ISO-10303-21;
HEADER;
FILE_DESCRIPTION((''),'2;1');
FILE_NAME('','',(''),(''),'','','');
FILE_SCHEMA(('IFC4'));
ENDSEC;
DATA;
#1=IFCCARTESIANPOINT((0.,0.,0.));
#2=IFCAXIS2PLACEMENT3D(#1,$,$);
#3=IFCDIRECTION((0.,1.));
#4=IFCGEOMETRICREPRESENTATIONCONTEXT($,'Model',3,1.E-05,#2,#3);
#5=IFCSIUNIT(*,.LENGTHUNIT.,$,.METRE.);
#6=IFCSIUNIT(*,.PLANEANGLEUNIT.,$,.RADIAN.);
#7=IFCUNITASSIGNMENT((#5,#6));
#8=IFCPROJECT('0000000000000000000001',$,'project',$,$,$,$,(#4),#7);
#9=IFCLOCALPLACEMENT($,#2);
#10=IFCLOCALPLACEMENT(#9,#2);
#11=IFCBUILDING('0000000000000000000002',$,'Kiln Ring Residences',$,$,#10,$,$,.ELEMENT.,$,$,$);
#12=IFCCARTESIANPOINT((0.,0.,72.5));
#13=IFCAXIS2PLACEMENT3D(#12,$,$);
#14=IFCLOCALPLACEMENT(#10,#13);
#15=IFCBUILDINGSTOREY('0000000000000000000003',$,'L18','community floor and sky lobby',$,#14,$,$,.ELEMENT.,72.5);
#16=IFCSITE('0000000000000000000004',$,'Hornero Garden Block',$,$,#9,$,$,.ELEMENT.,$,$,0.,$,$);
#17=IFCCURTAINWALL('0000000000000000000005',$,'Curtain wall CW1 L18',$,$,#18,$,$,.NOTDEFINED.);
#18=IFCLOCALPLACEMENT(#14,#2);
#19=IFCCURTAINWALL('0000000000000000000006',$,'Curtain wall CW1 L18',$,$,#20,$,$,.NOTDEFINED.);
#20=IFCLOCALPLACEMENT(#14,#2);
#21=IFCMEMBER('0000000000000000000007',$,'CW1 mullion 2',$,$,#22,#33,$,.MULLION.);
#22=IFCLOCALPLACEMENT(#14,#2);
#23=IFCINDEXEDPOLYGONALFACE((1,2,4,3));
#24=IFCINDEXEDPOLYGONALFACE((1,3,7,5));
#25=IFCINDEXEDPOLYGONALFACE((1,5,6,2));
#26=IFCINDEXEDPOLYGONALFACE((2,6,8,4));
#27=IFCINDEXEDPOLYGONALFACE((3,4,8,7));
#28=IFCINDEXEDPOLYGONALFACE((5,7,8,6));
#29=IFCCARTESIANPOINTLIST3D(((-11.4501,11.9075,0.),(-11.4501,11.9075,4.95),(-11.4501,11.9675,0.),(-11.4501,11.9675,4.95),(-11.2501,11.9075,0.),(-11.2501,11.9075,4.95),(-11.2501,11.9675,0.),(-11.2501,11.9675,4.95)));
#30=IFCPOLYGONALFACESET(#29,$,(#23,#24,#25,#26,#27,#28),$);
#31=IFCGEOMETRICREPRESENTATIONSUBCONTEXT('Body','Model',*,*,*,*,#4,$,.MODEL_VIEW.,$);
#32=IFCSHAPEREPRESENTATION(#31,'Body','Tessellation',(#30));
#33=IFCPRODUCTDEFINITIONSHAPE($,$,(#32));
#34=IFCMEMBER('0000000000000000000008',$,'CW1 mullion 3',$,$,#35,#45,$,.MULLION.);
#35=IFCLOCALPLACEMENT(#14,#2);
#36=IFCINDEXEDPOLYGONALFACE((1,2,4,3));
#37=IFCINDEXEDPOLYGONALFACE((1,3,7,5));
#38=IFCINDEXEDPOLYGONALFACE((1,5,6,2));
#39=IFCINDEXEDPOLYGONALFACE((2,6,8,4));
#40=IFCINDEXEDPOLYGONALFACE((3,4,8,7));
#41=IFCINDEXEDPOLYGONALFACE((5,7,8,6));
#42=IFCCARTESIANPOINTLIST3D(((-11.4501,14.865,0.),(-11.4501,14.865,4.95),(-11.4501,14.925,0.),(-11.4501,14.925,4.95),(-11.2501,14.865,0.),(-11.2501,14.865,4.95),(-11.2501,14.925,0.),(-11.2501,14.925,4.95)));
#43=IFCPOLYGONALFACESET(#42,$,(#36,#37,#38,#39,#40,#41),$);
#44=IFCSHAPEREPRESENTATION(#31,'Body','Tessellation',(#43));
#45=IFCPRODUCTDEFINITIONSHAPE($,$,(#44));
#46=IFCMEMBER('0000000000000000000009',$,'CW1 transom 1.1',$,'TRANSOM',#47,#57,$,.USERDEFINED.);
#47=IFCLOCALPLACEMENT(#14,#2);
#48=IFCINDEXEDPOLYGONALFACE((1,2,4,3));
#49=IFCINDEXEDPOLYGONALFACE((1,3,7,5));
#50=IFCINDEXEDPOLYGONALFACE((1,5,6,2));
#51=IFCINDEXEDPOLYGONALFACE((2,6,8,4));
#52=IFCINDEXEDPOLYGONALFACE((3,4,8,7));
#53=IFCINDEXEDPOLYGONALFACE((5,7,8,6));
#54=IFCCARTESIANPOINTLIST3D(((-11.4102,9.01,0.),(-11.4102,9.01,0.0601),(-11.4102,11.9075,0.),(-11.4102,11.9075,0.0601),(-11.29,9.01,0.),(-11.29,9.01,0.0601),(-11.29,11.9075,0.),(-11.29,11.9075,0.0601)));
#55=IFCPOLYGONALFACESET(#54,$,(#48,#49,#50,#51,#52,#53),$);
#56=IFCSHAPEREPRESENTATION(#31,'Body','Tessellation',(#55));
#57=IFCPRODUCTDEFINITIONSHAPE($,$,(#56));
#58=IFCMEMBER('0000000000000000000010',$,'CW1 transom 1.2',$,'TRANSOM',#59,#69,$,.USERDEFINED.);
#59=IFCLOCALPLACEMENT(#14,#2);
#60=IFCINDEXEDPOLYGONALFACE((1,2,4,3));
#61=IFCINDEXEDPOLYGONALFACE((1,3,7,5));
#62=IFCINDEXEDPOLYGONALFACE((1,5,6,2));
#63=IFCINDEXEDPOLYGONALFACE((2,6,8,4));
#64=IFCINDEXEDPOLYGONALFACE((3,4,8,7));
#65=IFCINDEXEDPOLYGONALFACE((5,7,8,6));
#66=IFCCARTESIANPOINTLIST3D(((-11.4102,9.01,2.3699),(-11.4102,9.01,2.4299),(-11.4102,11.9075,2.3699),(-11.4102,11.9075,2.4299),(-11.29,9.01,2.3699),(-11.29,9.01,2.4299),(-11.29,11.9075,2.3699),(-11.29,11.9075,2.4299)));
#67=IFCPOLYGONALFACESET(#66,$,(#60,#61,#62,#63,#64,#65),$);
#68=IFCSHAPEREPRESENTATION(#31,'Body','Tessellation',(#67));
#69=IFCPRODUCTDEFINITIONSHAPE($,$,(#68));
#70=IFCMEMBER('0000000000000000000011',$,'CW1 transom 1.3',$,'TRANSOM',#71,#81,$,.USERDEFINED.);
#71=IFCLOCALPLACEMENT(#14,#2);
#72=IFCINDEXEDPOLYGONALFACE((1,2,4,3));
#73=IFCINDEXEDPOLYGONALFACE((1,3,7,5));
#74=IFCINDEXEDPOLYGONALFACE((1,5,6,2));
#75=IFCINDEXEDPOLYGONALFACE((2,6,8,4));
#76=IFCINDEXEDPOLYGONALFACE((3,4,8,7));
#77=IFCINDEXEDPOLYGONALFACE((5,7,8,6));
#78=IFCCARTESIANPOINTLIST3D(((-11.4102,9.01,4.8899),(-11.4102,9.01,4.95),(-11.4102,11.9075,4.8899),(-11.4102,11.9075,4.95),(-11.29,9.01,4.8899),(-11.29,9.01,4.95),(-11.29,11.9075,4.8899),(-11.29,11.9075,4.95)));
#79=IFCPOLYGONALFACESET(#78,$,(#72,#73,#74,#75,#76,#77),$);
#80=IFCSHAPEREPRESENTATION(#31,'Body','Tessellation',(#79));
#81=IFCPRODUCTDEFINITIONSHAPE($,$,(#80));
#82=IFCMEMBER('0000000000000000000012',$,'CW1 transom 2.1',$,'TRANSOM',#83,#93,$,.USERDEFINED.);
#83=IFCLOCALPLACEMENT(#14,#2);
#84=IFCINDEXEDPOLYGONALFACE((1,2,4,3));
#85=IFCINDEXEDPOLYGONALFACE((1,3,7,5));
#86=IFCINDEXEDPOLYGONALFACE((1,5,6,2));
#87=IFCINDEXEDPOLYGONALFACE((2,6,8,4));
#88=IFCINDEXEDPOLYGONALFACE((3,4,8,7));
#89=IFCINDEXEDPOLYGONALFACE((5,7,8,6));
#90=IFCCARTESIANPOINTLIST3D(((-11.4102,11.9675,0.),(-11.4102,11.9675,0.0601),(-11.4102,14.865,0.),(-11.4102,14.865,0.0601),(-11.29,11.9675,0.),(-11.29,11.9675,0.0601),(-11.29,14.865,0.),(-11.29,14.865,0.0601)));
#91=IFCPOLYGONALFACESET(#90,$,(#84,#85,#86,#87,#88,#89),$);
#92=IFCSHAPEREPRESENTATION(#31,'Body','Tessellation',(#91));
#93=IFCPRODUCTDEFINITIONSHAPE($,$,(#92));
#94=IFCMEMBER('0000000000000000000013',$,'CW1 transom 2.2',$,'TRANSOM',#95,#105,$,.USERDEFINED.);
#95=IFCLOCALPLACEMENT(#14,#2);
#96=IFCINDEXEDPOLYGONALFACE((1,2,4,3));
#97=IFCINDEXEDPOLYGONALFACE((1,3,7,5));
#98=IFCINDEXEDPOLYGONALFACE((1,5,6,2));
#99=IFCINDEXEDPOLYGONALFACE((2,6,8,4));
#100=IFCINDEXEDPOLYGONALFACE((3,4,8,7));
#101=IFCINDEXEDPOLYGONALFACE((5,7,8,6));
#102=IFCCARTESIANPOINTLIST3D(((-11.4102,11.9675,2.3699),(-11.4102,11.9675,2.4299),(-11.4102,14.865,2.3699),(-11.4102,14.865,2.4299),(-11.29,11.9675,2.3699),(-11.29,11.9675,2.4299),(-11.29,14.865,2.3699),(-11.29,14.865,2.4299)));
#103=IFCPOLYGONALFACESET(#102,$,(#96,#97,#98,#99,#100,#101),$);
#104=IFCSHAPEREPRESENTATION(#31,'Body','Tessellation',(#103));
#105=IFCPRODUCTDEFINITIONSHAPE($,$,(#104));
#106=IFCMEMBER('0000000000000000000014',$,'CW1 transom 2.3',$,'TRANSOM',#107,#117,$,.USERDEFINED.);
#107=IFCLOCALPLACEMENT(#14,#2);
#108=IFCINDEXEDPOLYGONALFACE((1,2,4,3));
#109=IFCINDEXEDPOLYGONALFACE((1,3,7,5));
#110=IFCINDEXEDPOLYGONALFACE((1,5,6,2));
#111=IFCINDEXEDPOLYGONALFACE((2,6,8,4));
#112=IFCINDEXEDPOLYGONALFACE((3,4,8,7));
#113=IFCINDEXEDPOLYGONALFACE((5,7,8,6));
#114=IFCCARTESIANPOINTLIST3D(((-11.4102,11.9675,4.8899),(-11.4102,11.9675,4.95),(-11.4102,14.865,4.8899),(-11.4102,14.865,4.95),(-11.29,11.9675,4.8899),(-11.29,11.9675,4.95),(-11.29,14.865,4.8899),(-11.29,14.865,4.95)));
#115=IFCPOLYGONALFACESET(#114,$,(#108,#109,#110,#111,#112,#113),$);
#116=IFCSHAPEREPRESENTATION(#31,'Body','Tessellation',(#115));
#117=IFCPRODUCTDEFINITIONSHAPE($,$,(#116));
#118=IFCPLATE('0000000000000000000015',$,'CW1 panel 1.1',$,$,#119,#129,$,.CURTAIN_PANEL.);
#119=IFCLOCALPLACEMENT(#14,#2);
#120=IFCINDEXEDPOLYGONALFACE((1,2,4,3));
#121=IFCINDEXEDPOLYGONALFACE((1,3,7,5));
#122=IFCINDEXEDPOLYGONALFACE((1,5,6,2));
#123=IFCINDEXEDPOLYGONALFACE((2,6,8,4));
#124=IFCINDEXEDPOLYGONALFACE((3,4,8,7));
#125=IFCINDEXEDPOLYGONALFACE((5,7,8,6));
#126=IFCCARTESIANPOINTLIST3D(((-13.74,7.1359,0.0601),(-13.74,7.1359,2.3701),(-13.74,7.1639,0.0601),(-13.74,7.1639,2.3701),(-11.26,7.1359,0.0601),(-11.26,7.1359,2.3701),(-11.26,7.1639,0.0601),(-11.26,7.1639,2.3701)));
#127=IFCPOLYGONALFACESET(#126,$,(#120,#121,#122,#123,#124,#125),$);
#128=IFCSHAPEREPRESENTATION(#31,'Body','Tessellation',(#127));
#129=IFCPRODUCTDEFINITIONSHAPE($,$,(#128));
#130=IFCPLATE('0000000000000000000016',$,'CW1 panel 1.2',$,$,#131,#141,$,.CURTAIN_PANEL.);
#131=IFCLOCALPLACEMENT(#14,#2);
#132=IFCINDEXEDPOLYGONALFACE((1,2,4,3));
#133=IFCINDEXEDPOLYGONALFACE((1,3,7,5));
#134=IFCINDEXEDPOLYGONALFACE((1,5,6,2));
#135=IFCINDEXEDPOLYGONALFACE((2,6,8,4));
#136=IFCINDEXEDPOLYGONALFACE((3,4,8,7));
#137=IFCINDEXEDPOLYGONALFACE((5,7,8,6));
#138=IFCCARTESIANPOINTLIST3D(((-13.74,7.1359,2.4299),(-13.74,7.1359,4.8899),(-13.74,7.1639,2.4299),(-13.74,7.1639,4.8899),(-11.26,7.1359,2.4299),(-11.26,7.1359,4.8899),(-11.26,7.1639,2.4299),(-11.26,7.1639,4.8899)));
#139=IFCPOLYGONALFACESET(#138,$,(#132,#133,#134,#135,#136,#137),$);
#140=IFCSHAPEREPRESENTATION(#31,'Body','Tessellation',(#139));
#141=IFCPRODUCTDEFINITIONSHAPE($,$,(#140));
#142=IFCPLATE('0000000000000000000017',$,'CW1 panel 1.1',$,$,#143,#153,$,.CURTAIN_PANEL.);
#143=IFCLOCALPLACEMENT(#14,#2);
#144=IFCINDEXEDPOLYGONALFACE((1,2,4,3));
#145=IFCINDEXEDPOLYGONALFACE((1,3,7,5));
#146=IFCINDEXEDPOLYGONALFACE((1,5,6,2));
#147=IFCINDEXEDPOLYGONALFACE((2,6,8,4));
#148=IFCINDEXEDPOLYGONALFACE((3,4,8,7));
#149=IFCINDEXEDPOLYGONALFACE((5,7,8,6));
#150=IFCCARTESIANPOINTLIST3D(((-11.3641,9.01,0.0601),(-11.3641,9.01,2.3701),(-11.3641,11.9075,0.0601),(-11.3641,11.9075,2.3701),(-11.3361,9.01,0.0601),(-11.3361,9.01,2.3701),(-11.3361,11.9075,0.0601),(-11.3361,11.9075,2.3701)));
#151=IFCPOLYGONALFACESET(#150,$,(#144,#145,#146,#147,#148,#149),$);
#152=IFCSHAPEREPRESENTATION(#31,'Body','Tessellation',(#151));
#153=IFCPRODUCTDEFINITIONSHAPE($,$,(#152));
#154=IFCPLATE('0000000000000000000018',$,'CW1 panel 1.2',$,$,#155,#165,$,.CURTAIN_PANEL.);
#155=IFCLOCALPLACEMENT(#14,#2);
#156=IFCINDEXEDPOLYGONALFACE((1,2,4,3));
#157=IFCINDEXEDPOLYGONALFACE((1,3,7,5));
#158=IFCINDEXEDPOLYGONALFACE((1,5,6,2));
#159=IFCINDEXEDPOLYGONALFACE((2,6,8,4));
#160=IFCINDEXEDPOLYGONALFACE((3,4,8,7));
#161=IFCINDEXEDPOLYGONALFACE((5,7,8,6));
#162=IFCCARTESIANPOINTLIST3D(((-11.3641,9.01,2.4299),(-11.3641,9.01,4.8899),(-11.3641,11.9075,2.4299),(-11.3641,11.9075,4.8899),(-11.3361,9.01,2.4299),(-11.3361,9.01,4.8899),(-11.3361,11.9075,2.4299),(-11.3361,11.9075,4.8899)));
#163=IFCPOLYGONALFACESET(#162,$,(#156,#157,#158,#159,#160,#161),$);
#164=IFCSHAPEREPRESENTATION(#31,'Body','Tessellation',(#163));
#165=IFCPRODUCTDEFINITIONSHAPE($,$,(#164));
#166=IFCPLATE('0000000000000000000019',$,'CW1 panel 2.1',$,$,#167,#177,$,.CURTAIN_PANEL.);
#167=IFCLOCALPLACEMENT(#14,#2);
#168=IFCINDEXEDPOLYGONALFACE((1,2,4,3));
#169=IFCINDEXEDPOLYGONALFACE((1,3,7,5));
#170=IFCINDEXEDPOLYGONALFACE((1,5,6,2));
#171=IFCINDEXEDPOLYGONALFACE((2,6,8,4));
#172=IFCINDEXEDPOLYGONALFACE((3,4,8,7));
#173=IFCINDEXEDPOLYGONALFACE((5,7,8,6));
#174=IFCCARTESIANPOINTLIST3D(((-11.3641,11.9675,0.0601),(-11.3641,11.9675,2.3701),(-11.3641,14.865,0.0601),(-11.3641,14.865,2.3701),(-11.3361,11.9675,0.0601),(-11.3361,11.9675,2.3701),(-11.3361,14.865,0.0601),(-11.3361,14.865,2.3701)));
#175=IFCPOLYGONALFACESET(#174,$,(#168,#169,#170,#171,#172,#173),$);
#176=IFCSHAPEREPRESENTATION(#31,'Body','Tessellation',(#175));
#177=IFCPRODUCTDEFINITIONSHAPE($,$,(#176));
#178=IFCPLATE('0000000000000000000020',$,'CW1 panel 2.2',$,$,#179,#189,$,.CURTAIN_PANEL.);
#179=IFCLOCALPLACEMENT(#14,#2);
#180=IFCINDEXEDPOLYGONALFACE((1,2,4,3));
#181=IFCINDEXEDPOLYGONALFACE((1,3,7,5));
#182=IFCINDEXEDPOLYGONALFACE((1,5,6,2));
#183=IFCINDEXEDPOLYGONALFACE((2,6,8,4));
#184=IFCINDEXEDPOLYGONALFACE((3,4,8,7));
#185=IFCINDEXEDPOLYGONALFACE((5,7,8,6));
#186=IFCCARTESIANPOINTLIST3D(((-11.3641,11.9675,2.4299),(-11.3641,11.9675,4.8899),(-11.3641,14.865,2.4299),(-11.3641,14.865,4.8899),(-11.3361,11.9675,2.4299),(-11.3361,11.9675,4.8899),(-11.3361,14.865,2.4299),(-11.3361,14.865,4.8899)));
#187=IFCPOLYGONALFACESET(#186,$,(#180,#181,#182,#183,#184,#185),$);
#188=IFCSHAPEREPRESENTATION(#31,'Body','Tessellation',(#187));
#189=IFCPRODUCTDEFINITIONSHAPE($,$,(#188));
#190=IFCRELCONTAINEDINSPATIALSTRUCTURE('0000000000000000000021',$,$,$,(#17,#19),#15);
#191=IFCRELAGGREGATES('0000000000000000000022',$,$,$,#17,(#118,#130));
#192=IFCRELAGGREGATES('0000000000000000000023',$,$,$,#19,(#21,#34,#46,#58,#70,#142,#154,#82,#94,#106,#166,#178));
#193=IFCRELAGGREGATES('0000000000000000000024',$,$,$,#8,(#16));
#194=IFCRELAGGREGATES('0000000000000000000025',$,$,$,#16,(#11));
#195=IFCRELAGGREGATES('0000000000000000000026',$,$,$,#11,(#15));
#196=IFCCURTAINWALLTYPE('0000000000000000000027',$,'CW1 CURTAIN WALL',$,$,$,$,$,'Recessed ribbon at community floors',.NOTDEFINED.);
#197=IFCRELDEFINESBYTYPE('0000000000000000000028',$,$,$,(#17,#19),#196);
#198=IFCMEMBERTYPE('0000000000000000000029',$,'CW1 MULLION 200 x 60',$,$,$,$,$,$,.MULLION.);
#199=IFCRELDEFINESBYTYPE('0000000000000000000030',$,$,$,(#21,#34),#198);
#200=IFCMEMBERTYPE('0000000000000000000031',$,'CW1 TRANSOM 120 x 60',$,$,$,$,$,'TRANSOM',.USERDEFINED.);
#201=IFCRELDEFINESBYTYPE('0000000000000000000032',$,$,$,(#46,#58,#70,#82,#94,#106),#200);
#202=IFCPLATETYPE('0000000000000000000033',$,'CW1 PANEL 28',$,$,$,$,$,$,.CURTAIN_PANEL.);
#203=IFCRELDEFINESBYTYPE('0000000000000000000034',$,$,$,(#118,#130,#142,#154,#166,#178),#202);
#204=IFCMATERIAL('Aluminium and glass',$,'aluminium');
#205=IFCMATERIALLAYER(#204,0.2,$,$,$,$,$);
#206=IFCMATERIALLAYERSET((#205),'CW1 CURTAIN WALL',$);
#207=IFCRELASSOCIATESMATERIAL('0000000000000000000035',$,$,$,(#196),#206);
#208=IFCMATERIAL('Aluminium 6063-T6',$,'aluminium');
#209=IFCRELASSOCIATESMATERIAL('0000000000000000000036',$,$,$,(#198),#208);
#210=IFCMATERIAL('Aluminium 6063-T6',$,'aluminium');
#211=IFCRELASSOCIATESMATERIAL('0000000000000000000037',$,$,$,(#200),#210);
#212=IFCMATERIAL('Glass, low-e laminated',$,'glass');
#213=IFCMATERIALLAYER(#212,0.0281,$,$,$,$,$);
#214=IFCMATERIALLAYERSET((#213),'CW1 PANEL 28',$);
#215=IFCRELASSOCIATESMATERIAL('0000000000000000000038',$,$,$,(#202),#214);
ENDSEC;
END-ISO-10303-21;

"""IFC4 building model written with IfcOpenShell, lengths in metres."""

from ifc_helpers import new_model, si_unit, direction, frame, origin, origin_2d, place, context, subcontext, project, spatial, rectangle, extrude, material, layer, layer_set, material_profile, profile_set, type_object, element, aggregate, save


model = new_model("IFC4")

# Units and contexts
model_context = context("Model", 3, precision=1e-05, world=origin(), true_north=direction((0.0, 1.0)))
body_context = subcontext(model_context, "Body", "Model", "MODEL_VIEW")
ifc_project = project(units=[si_unit("LENGTHUNIT", "METRE"), si_unit("PLANEANGLEUNIT", "RADIAN")], contexts=[model_context])

# Site, building, storey
site_placement = place(None, origin())
site = spatial("IfcSite", under=ifc_project, at=site_placement, Name="Hornero Garden Block", CompositionType="ELEMENT", RefElevation=0.0)
building_placement = place(site_placement, origin())
building = spatial("IfcBuilding", under=site, at=building_placement, Name="Kiln Ring Residences", CompositionType="ELEMENT")
storey_placement = place(building_placement, frame((0.0, 0.0, 72.5)))
storey = spatial("IfcBuildingStorey", under=building, at=storey_placement, Name="L18", Description="community floor and sky lobby", CompositionType="ELEMENT", Elevation=72.5)

# Curtain wall
ifc_material_1 = material(Name="Aluminium and glass", Category="aluminium")
ifc_layer_1 = layer(ifc_material_1, 0.2)
ifc_layer_set_1 = layer_set([ifc_layer_1], Name="CW1 CURTAIN WALL")
curtain_wall_type = type_object("IfcCurtainWallType", Name="CW1 CURTAIN WALL", ElementType="Recessed ribbon at community floors", PredefinedType="NOTDEFINED", material=ifc_layer_set_1)
placement_1 = place(storey_placement, origin())
curtain_wall_1 = element("IfcCurtainWall", 1, at=placement_1, inside=storey, type_object=curtain_wall_type, Name="Curtain wall CW1 L18", PredefinedType="NOTDEFINED")
ifc_material_2 = material(Name="Aluminium 6063-T6", Category="aluminium")
ifc_material_profile_1 = material_profile(ifc_material_2, rectangle(XDim=0.2, YDim=0.0601, at=origin_2d()), Name="AL 200x60")
ifc_profile_set_1 = profile_set([ifc_material_profile_1], Name="Aluminium 6063-T6")
member_type_1 = type_object("IfcMemberType", Name="CW1 MULLION 200 x 60", PredefinedType="MULLION", material=ifc_profile_set_1)

# Curtain wall, members
curtain_wall_2 = element("IfcCurtainWall", 2, at=placement_1, inside=storey, type_object=curtain_wall_type, Name="Curtain wall CW1 L18", PredefinedType="NOTDEFINED")
member_1_placement = place(storey_placement, frame((-11.3501, 11.9375, 0.0), z_axis=(0.0, 0.0, 1.0), x_axis=(-1.0, 0.0, 0.0)))
member_1 = element("IfcMember", 3, at=member_1_placement, type_object=member_type_1, Name="CW1 mullion 2", PredefinedType="MULLION", context=body_context, shape_type="SweptSolid", body=[
    extrude(rectangle(XDim=0.2, YDim=0.0601, at=origin_2d()), origin(), (0.0, 0.0, 1.0), 4.95),
])
member_2_placement = place(storey_placement, frame((-11.3501, 14.895, 0.0), z_axis=(0.0, 0.0, 1.0), x_axis=(-1.0, 0.0, 0.0)))
member_2 = element("IfcMember", 4, at=member_2_placement, type_object=member_type_1, Name="CW1 mullion 3", PredefinedType="MULLION", context=body_context, shape_type="SweptSolid", body=[
    extrude(rectangle(XDim=0.2, YDim=0.0601, at=origin_2d()), origin(), (0.0, 0.0, 1.0), 4.95),
])
ifc_material_3 = material(Name="Aluminium 6063-T6", Category="aluminium")
ifc_material_profile_2 = material_profile(ifc_material_3, rectangle(XDim=0.1201, YDim=0.0601, at=origin_2d()), Name="AL 120x60")
ifc_profile_set_2 = profile_set([ifc_material_profile_2], Name="Aluminium 6063-T6")
member_type_2 = type_object("IfcMemberType", Name="CW1 TRANSOM 120 x 60", ElementType="TRANSOM", PredefinedType="USERDEFINED", material=ifc_profile_set_2)
member_3_placement = place(storey_placement, frame((-11.3501, 9.01, 0.03), z_axis=(0.0, 1.0, 0.0), x_axis=(-1.0, 0.0, 0.0)))
member_3 = element("IfcMember", 5, at=member_3_placement, type_object=member_type_2, Name="CW1 transom 1.1", ObjectType="TRANSOM", PredefinedType="USERDEFINED", context=body_context, shape_type="SweptSolid", body=[
    extrude(rectangle(XDim=0.1201, YDim=0.0601, at=origin_2d()), origin(), (0.0, 0.0, 1.0), 2.8975),
])
member_4_placement = place(storey_placement, frame((-11.3501, 9.01, 2.3999), z_axis=(0.0, 1.0, 0.0), x_axis=(-1.0, 0.0, 0.0)))
member_4 = element("IfcMember", 6, at=member_4_placement, type_object=member_type_2, Name="CW1 transom 1.2", ObjectType="TRANSOM", PredefinedType="USERDEFINED", context=body_context, shape_type="SweptSolid", body=[
    extrude(rectangle(XDim=0.1201, YDim=0.0601, at=origin_2d()), origin(), (0.0, 0.0, 1.0), 2.8975),
])
member_5_placement = place(storey_placement, frame((-11.3501, 9.01, 4.9199), z_axis=(0.0, 1.0, 0.0), x_axis=(-1.0, 0.0, 0.0)))
member_5 = element("IfcMember", 7, at=member_5_placement, type_object=member_type_2, Name="CW1 transom 1.3", ObjectType="TRANSOM", PredefinedType="USERDEFINED", context=body_context, shape_type="SweptSolid", body=[
    extrude(rectangle(XDim=0.1201, YDim=0.0601, at=origin_2d()), origin(), (0.0, 0.0, 1.0), 2.8975),
])
member_6_placement = place(storey_placement, frame((-11.3501, 11.9675, 0.03), z_axis=(0.0, 1.0, 0.0), x_axis=(-1.0, 0.0, 0.0)))
member_6 = element("IfcMember", 8, at=member_6_placement, type_object=member_type_2, Name="CW1 transom 2.1", ObjectType="TRANSOM", PredefinedType="USERDEFINED", context=body_context, shape_type="SweptSolid", body=[
    extrude(rectangle(XDim=0.1201, YDim=0.0601, at=origin_2d()), origin(), (0.0, 0.0, 1.0), 2.8975),
])
member_7_placement = place(storey_placement, frame((-11.3501, 11.9675, 2.3999), z_axis=(0.0, 1.0, 0.0), x_axis=(-1.0, 0.0, 0.0)))
member_7 = element("IfcMember", 9, at=member_7_placement, type_object=member_type_2, Name="CW1 transom 2.2", ObjectType="TRANSOM", PredefinedType="USERDEFINED", context=body_context, shape_type="SweptSolid", body=[
    extrude(rectangle(XDim=0.1201, YDim=0.0601, at=origin_2d()), origin(), (0.0, 0.0, 1.0), 2.8975),
])
member_8_placement = place(storey_placement, frame((-11.3501, 11.9675, 4.9199), z_axis=(0.0, 1.0, 0.0), x_axis=(-1.0, 0.0, 0.0)))
member_8 = element("IfcMember", 10, at=member_8_placement, type_object=member_type_2, Name="CW1 transom 2.3", ObjectType="TRANSOM", PredefinedType="USERDEFINED", context=body_context, shape_type="SweptSolid", body=[
    extrude(rectangle(XDim=0.1201, YDim=0.0601, at=origin_2d()), origin(), (0.0, 0.0, 1.0), 2.8975),
])

# Plates
ifc_material_4 = material(Name="Glass, low-e laminated", Category="glass")
ifc_layer_2 = layer(ifc_material_4, 0.0281)
ifc_layer_set_2 = layer_set([ifc_layer_2], Name="CW1 PANEL 28")
plate_type = type_object("IfcPlateType", Name="CW1 PANEL 28", PredefinedType="CURTAIN_PANEL", material=ifc_layer_set_2)
plate_1_placement = place(storey_placement, frame((-12.5, 7.1499, 0.0601), z_axis=(0.0, 0.0, 1.0), x_axis=(1.0, 0.0, 0.0)))
plate_1 = element("IfcPlate", 11, at=plate_1_placement, type_object=plate_type, Name="CW1 panel 1.1", PredefinedType="CURTAIN_PANEL", context=body_context, shape_type="SweptSolid", body=[
    extrude(rectangle(XDim=2.48, YDim=0.0281, at=origin_2d()), origin(), (0.0, 0.0, 1.0), 2.3101),
])
plate_2_placement = place(storey_placement, frame((-12.5, 7.1499, 2.4299), z_axis=(0.0, 0.0, 1.0), x_axis=(1.0, 0.0, 0.0)))
plate_2 = element("IfcPlate", 12, at=plate_2_placement, type_object=plate_type, Name="CW1 panel 1.2", PredefinedType="CURTAIN_PANEL", context=body_context, shape_type="SweptSolid", body=[
    extrude(rectangle(XDim=2.48, YDim=0.0281, at=origin_2d()), origin(), (0.0, 0.0, 1.0), 2.46),
])
aggregate(curtain_wall_1, [plate_1, plate_2])
plate_3_placement = place(storey_placement, frame((-11.3501, 10.4587, 0.0601), z_axis=(0.0, 0.0, 1.0), x_axis=(0.0, 1.0, 0.0)))
plate_3 = element("IfcPlate", 13, at=plate_3_placement, type_object=plate_type, Name="CW1 panel 1.1", PredefinedType="CURTAIN_PANEL", context=body_context, shape_type="SweptSolid", body=[
    extrude(rectangle(XDim=2.8975, YDim=0.0281, at=origin_2d()), origin(), (0.0, 0.0, 1.0), 2.3101),
])
plate_4_placement = place(storey_placement, frame((-11.3501, 10.4587, 2.4299), z_axis=(0.0, 0.0, 1.0), x_axis=(0.0, 1.0, 0.0)))
plate_4 = element("IfcPlate", 14, at=plate_4_placement, type_object=plate_type, Name="CW1 panel 1.2", PredefinedType="CURTAIN_PANEL", context=body_context, shape_type="SweptSolid", body=[
    extrude(rectangle(XDim=2.8975, YDim=0.0281, at=origin_2d()), origin(), (0.0, 0.0, 1.0), 2.46),
])
plate_5_placement = place(storey_placement, frame((-11.3501, 13.4163, 0.0601), z_axis=(0.0, 0.0, 1.0), x_axis=(0.0, 1.0, 0.0)))
plate_5 = element("IfcPlate", 15, at=plate_5_placement, type_object=plate_type, Name="CW1 panel 2.1", PredefinedType="CURTAIN_PANEL", context=body_context, shape_type="SweptSolid", body=[
    extrude(rectangle(XDim=2.8975, YDim=0.0281, at=origin_2d()), origin(), (0.0, 0.0, 1.0), 2.3101),
])
plate_6_placement = place(storey_placement, frame((-11.3501, 13.4163, 2.4299), z_axis=(0.0, 0.0, 1.0), x_axis=(0.0, 1.0, 0.0)))
plate_6 = element("IfcPlate", 16, at=plate_6_placement, type_object=plate_type, Name="CW1 panel 2.2", PredefinedType="CURTAIN_PANEL", context=body_context, shape_type="SweptSolid", body=[
    extrude(rectangle(XDim=2.8975, YDim=0.0281, at=origin_2d()), origin(), (0.0, 0.0, 1.0), 2.46),
])
aggregate(curtain_wall_2, [member_1, member_2, member_3, member_4, member_5, plate_3, plate_4, member_6, member_7, member_8, plate_5, plate_6])

save(model, "model.ifc")
